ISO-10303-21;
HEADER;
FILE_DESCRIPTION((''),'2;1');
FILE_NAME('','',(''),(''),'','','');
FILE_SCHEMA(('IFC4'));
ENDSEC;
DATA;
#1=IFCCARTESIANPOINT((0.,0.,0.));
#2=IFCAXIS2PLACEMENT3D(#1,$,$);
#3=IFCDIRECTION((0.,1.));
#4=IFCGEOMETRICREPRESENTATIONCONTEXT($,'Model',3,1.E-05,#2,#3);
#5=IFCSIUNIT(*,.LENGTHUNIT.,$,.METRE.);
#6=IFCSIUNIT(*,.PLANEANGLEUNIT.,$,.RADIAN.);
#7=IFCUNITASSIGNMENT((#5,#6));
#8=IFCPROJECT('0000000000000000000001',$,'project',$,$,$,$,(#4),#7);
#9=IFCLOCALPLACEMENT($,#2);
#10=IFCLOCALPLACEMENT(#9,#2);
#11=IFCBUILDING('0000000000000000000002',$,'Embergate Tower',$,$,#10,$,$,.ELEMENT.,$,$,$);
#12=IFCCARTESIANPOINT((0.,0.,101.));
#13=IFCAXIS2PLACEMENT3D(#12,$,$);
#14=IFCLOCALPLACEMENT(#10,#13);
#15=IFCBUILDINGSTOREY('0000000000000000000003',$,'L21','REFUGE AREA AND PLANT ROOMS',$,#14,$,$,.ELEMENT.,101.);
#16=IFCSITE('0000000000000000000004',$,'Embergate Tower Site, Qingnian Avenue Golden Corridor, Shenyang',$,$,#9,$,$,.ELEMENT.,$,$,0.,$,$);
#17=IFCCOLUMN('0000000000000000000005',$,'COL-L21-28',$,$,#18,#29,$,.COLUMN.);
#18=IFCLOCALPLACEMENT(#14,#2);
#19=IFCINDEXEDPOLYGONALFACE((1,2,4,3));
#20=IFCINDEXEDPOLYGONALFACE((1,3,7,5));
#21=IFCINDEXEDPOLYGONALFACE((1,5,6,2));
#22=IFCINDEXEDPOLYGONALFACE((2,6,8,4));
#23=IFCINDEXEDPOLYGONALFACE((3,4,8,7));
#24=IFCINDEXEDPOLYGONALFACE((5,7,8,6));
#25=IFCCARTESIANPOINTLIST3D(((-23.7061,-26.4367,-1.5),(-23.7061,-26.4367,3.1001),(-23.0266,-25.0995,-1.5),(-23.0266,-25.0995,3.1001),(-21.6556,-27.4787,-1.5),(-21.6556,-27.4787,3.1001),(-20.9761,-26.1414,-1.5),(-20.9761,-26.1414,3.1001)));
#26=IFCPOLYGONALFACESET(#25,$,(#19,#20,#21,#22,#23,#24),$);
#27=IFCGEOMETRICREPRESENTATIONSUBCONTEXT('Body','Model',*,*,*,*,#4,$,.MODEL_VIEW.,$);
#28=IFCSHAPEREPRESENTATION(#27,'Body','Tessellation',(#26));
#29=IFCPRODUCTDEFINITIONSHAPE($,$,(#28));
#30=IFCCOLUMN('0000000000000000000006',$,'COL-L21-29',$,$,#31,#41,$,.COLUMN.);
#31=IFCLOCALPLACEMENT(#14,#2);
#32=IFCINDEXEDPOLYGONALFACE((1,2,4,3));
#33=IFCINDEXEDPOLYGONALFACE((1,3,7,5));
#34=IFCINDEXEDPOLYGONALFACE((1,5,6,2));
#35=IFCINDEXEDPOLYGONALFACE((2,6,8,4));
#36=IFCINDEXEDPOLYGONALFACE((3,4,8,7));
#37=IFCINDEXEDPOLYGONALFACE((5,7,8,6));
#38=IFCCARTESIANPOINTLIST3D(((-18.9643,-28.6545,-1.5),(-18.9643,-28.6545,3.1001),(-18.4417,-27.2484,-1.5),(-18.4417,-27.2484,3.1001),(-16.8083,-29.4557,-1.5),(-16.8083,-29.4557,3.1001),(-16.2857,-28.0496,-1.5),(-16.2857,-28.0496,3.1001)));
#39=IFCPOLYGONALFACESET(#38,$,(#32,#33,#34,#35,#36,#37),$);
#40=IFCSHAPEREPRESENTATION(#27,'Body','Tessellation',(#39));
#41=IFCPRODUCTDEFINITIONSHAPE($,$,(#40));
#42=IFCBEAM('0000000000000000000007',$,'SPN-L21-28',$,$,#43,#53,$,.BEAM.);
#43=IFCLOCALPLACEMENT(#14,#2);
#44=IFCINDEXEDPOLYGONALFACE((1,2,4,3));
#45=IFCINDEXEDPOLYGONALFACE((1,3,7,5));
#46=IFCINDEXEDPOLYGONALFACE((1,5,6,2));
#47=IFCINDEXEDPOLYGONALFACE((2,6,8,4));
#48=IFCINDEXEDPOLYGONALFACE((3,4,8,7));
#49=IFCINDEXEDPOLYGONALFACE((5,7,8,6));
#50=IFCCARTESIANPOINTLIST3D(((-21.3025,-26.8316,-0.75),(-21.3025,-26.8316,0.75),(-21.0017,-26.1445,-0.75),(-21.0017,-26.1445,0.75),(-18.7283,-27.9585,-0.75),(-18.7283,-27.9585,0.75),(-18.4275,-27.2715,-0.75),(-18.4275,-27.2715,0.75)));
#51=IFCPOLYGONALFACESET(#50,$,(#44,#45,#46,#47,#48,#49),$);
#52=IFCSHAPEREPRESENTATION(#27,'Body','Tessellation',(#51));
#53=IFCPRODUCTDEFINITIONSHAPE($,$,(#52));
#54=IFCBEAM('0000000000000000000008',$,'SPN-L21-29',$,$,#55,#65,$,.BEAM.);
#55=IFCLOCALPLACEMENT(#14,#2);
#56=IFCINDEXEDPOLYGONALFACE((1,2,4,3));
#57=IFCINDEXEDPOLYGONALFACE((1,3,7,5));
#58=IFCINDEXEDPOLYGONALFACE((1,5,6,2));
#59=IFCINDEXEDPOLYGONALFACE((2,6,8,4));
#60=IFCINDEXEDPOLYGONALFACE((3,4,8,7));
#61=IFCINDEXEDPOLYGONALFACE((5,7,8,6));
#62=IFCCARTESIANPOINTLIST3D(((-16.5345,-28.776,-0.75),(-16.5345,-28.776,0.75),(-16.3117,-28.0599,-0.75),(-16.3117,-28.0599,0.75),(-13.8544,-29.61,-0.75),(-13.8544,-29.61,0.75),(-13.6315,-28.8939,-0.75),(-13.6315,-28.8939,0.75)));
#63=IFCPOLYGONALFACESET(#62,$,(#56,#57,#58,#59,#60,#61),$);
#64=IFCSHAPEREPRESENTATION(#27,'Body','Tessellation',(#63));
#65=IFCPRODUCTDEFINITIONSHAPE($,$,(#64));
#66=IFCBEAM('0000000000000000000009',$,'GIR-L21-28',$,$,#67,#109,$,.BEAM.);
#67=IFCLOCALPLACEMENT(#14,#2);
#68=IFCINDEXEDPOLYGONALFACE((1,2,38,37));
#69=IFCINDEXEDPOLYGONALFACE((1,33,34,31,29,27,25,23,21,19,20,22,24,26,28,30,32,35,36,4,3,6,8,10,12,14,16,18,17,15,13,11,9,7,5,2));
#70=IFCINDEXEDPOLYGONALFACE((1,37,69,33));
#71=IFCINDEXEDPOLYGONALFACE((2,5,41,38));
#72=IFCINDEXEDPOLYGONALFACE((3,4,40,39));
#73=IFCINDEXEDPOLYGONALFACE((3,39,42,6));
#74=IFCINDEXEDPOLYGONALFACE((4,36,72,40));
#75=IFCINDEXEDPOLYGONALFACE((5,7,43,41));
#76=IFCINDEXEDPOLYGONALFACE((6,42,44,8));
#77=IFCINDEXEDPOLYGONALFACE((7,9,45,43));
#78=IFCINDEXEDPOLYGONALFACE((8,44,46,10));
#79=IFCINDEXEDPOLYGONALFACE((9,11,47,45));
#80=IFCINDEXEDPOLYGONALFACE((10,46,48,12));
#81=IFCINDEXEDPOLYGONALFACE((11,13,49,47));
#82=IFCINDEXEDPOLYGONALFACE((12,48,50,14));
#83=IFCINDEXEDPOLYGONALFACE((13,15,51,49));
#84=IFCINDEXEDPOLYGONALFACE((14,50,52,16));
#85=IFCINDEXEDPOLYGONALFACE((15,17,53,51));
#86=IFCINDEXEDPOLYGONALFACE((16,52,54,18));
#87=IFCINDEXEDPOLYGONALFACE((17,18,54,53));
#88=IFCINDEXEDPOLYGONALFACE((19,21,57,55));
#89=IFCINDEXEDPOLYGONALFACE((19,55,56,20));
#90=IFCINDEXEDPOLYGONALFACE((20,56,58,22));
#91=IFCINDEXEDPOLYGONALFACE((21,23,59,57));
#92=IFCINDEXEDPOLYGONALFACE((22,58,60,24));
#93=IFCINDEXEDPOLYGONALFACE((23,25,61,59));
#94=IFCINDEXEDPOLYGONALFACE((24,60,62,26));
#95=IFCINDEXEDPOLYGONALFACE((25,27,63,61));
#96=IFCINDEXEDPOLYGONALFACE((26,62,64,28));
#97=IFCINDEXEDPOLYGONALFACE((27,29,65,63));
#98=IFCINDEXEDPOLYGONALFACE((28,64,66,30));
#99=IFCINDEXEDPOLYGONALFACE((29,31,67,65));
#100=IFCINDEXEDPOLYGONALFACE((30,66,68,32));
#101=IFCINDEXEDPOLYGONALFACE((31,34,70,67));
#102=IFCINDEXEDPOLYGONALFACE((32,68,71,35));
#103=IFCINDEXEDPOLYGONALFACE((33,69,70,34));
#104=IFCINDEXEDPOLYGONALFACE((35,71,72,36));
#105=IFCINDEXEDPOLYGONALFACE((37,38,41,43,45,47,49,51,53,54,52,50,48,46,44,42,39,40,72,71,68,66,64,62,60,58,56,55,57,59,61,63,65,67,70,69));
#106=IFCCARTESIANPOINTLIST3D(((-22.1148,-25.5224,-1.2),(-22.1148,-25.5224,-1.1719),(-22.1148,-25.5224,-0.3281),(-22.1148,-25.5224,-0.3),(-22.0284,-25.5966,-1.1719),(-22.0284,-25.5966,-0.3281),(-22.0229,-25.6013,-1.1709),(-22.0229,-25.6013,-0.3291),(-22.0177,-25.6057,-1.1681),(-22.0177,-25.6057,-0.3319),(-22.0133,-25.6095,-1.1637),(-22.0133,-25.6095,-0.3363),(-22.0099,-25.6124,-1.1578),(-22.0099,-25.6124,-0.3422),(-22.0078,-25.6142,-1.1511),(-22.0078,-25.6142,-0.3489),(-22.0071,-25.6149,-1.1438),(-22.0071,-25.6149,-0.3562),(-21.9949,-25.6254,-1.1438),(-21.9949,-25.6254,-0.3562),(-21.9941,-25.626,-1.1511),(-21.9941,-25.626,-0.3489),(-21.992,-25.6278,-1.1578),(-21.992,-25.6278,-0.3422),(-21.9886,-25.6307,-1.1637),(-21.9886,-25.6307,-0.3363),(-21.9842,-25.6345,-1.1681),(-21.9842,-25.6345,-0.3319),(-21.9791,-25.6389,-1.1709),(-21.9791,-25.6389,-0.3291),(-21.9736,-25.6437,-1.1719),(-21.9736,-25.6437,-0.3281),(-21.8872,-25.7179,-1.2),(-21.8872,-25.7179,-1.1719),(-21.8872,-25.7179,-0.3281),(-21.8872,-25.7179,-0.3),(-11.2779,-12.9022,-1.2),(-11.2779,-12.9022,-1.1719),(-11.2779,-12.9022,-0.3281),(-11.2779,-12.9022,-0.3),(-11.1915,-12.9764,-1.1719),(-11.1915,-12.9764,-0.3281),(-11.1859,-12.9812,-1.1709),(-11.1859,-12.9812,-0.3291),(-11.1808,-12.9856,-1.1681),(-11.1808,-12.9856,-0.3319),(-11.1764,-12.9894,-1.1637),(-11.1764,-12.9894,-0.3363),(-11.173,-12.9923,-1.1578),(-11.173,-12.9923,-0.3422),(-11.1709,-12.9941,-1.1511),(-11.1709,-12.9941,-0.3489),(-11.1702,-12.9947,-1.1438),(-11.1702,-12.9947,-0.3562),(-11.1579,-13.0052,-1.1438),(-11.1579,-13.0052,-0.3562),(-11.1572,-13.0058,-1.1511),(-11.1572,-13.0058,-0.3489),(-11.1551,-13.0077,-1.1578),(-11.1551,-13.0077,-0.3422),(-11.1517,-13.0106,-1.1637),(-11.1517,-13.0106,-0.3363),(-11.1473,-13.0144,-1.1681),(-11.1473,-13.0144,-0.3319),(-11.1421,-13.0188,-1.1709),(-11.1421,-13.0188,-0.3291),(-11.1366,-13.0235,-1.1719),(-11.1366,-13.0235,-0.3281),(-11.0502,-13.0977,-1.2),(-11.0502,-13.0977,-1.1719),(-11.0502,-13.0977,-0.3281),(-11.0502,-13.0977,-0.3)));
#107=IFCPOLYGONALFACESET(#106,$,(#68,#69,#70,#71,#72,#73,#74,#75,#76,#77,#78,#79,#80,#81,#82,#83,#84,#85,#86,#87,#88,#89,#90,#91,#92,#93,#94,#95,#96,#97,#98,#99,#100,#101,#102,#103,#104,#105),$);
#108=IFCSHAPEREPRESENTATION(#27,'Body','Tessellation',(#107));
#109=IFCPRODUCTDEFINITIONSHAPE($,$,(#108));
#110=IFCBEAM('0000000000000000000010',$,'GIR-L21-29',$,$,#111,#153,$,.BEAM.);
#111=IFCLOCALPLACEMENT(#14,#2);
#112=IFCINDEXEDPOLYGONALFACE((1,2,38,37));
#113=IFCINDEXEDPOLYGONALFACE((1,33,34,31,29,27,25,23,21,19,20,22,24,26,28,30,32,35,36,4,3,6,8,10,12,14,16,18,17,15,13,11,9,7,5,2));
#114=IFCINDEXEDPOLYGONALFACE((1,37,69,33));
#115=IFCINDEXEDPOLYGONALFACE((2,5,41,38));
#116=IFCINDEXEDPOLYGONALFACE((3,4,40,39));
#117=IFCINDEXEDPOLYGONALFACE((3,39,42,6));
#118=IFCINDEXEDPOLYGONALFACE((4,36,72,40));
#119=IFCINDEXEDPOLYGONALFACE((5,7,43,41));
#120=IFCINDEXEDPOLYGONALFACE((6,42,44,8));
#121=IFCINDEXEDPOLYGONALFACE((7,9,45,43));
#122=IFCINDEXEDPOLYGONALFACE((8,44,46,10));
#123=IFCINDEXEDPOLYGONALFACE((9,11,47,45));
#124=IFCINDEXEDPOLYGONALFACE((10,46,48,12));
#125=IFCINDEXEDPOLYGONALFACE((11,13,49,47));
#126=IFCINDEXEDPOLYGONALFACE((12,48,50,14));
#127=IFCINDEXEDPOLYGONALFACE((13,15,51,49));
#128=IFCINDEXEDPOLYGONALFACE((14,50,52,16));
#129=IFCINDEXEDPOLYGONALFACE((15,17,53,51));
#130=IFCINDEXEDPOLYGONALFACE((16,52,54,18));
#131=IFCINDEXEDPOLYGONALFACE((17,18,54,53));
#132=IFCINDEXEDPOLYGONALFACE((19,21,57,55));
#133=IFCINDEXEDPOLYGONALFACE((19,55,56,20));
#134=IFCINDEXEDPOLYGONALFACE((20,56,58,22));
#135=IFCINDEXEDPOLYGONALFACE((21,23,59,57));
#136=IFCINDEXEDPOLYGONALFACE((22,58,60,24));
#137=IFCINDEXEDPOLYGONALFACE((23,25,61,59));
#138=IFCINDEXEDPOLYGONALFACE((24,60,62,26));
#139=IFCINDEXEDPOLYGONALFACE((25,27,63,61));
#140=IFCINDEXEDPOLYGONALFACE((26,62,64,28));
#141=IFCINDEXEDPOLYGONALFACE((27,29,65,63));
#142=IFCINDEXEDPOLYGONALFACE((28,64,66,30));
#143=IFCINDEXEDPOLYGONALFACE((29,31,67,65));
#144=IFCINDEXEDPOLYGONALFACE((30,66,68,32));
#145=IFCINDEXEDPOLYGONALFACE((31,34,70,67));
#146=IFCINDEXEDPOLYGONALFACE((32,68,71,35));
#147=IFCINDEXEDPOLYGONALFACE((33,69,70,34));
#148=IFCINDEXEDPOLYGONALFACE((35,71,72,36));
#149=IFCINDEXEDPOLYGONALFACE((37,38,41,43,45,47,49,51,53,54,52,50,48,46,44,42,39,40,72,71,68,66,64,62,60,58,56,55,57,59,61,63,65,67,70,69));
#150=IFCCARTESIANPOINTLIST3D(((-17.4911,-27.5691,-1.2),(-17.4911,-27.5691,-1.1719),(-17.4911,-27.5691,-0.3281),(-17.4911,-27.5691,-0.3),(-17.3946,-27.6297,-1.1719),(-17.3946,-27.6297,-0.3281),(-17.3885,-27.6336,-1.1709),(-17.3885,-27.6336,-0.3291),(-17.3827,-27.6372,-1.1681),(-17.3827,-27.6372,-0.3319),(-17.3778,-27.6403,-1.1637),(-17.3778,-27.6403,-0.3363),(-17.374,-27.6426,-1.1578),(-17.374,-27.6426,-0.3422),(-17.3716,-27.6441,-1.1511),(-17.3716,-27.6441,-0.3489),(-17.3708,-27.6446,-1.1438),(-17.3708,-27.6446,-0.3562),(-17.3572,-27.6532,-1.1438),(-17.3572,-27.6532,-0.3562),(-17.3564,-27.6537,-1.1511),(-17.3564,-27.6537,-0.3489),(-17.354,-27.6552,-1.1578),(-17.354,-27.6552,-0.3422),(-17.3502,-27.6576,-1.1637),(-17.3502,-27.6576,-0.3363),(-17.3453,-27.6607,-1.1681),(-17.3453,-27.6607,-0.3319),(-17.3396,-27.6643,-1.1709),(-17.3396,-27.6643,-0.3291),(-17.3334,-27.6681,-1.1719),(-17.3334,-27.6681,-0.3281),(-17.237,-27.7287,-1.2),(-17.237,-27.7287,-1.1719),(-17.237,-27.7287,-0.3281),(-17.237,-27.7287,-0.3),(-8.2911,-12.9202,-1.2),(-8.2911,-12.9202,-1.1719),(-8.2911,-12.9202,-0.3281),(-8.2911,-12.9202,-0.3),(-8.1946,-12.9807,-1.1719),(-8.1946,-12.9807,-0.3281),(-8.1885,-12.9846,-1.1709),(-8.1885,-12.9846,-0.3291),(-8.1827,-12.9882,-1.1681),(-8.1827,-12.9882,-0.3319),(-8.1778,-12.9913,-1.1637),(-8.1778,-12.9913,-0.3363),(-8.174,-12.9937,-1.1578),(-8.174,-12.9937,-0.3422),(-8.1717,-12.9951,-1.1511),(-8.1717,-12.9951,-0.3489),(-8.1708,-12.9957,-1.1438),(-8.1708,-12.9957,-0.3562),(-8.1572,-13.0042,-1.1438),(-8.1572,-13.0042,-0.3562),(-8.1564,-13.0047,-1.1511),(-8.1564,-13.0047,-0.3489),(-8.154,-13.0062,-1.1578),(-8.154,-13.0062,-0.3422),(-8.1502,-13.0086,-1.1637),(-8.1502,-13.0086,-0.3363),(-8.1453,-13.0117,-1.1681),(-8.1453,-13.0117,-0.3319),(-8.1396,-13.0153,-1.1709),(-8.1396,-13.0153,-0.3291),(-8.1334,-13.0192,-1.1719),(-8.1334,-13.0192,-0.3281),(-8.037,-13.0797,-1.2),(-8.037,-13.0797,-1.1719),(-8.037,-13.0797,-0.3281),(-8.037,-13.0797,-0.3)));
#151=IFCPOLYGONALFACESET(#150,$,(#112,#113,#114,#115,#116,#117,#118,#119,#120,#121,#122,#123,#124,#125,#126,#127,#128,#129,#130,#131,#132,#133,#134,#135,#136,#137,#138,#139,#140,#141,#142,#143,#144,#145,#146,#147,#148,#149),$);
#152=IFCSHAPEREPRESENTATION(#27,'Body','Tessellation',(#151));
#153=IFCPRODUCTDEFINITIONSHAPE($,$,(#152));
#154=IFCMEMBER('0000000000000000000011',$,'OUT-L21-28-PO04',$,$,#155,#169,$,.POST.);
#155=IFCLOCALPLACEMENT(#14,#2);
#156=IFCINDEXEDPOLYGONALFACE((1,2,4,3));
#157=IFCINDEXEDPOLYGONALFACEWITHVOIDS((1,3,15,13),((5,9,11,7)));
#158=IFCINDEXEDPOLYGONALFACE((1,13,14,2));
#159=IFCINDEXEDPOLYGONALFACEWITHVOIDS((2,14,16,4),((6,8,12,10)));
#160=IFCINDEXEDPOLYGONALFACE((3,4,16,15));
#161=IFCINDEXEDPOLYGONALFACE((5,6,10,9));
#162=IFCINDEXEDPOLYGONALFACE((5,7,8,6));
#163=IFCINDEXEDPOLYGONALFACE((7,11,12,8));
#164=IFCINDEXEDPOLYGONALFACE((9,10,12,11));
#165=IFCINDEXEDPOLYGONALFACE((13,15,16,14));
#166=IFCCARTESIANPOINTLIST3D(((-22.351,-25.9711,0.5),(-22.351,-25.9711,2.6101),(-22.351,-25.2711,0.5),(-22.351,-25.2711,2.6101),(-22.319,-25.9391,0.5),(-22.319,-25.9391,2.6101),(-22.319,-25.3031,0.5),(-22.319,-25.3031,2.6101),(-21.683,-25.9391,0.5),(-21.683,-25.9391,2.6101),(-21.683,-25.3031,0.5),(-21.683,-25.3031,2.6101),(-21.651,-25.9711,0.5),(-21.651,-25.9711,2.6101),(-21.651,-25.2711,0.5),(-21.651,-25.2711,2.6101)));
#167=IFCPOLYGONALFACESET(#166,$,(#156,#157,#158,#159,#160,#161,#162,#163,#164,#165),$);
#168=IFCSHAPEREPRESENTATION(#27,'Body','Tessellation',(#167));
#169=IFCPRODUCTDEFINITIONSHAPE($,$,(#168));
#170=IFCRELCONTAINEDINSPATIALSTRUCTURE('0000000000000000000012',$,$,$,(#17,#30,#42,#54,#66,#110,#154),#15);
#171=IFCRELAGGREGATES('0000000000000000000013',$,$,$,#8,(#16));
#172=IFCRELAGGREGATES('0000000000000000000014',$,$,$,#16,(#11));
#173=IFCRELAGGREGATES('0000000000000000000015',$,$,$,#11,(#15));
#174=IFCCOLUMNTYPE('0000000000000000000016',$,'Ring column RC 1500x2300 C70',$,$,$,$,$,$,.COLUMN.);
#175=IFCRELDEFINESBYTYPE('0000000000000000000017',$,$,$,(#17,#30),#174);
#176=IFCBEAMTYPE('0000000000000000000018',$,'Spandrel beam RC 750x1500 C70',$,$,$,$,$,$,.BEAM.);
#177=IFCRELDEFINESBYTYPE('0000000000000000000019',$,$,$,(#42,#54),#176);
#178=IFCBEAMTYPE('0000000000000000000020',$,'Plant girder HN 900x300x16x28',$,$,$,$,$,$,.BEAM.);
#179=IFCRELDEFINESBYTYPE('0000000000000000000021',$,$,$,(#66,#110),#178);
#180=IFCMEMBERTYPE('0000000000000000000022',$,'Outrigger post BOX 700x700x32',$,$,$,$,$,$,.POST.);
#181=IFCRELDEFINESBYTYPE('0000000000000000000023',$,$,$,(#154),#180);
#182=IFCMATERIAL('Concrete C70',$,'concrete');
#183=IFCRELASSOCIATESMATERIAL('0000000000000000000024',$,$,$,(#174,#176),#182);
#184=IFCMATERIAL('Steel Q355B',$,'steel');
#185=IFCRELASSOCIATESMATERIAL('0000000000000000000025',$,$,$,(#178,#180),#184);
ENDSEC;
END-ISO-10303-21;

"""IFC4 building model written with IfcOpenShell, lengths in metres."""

from ifc_helpers import new_model, si_unit, direction, frame, origin, origin_2d, place, context, subcontext, project, spatial, rectangle, hollow_rectangle, i_section, extrude, source, transform, mapped, material, material_profile, profile_set, type_object, element, save


model = new_model("IFC4")

# Units and contexts
model_context = context("Model", 3, precision=1e-05, world=origin(), true_north=direction((0.0, 1.0)))
body_context = subcontext(model_context, "Body", "Model", "MODEL_VIEW")
ifc_project = project(units=[si_unit("LENGTHUNIT", "METRE"), si_unit("PLANEANGLEUNIT", "RADIAN")], contexts=[model_context])

# Site, building, storey
site_placement = place(None, origin())
site = spatial("IfcSite", under=ifc_project, at=site_placement, Name="Embergate Tower Site, Qingnian Avenue Golden Corridor, Shenyang", CompositionType="ELEMENT", RefElevation=0.0)
building_placement = place(site_placement, origin())
building = spatial("IfcBuilding", under=site, at=building_placement, Name="Embergate Tower", CompositionType="ELEMENT")
storey_placement = place(building_placement, frame((0.0, 0.0, 101.0)))
storey = spatial("IfcBuildingStorey", under=building, at=storey_placement, Name="L21", Description="REFUGE AREA AND PLANT ROOMS", CompositionType="ELEMENT", Elevation=101.0)

# Columns
ifc_material_1 = material(Name="Concrete C70", Category="concrete")
ifc_material_profile_1 = material_profile(ifc_material_1, rectangle(XDim=1.5, YDim=2.3, at=origin_2d()), Name="RC 1500x2300")
ifc_profile_set_1 = profile_set([ifc_material_profile_1], Name="Concrete C70")
column_type = type_object("IfcColumnType", Name="Ring column RC 1500x2300 C70", PredefinedType="COLUMN", material=ifc_profile_set_1)
shared_shape_1 = source(origin(), body_context, "Body", "SweptSolid", [
    extrude(rectangle(XDim=1.5, YDim=2.3, at=origin_2d()), origin(), (0.0, 0.0, 1.0), 4.6001),
])
for number, where, z_axis, x_axis, name in (
    (1, (-22.3411, -26.2891, -1.5), (0.0, 0.0, 1.0), (-0.453011, -0.891505, 0.0), "COL-L21-28"),
    (2, (-17.625, -28.3521, -1.5), (0.0, 0.0, 1.0), (-0.348343, -0.937367, 0.0), "COL-L21-29"),
):
    element("IfcColumn", number, at=place(storey_placement, frame(where, z_axis=z_axis, x_axis=x_axis)), inside=storey, type_object=column_type, Name=name, PredefinedType="COLUMN", context=body_context, shape_type="MappedRepresentation", body=[
        mapped(shared_shape_1, transform((0.0, 0.0, 0.0))),
    ])

# Beams
ifc_material_profile_2 = material_profile(ifc_material_1, rectangle(XDim=0.75, YDim=1.5, at=origin_2d()), Name="RC 750x1500")
ifc_profile_set_2 = profile_set([ifc_material_profile_2], Name="Concrete C70")
beam_type_1 = type_object("IfcBeamType", Name="Spandrel beam RC 750x1500 C70", PredefinedType="BEAM", material=ifc_profile_set_2)
shared_shape_2 = source(origin(), body_context, "Body", "SweptSolid", [
    extrude(rectangle(XDim=0.75, YDim=1.5, at=origin_2d()), origin(), (0.0, 0.0, 1.0), 2.8101),
])
beam_1_placement = place(storey_placement, frame((-21.1521, -26.488, 0.0), z_axis=(0.916062, -0.401038, 0.0), x_axis=(0.401038, 0.916062, 0.0)))
element("IfcBeam", 3, at=beam_1_placement, inside=storey, type_object=beam_type_1, Name="SPN-L21-28", PredefinedType="BEAM", context=body_context, shape_type="MappedRepresentation", body=[
    mapped(shared_shape_2, transform((0.0, 0.0, 0.0))),
])
shared_shape_3 = source(origin(), body_context, "Body", "SweptSolid", [
    extrude(rectangle(XDim=0.75, YDim=1.5, at=origin_2d()), origin(), (0.0, 0.0, 1.0), 2.8069),
])
beam_2_placement = place(storey_placement, frame((-16.4231, -28.418, 0.0), z_axis=(0.954841, -0.297116, 0.0), x_axis=(0.297116, 0.954841, 0.0)))
element("IfcBeam", 4, at=beam_2_placement, inside=storey, type_object=beam_type_1, Name="SPN-L21-29", PredefinedType="BEAM", context=body_context, shape_type="MappedRepresentation", body=[
    mapped(shared_shape_3, transform((0.0, 0.0, 0.0))),
])
ifc_material_2 = material(Name="Steel Q355B", Category="steel")
ifc_material_profile_3 = material_profile(ifc_material_2, i_section(OverallWidth=0.3, OverallDepth=0.8999, WebThickness=0.0161, FlangeThickness=0.0281, FilletRadius=0.0281, at=origin_2d()), Name="HN 900x300x16x28")
ifc_profile_set_3 = profile_set([ifc_material_profile_3], Name="Steel Q355 grade B")
beam_type_2 = type_object("IfcBeamType", Name="Plant girder HN 900x300x16x28", PredefinedType="BEAM", material=ifc_profile_set_3)
shared_shape_4 = source(origin(), body_context, "Body", "SweptSolid", [
    extrude(i_section(OverallWidth=0.3, OverallDepth=0.8999, WebThickness=0.0161, FlangeThickness=0.0281, FilletRadius=0.0281, at=origin_2d()), origin(), (0.0, 0.0, 1.0), 16.6345),
])
beam_3_placement = place(storey_placement, frame((-22.001, -25.6201, -0.75), z_axis=(0.651473, 0.758672, 0.0), x_axis=(-0.758672, 0.651473, 0.0)))
element("IfcBeam", 5, at=beam_3_placement, inside=storey, type_object=beam_type_2, Name="GIR-L21-28", PredefinedType="BEAM", context=body_context, shape_type="MappedRepresentation", body=[
    mapped(shared_shape_4, transform((0.0, 0.0, 0.0))),
])
shared_shape_5 = source(origin(), body_context, "Body", "SweptSolid", [
    extrude(i_section(OverallWidth=0.3, OverallDepth=0.8999, WebThickness=0.0161, FlangeThickness=0.0281, FilletRadius=0.0281, at=origin_2d()), origin(), (0.0, 0.0, 1.0), 17.2983),
])
beam_4_placement = place(storey_placement, frame((-17.364, -27.6489, -0.75), z_axis=(0.531842, 0.846843, 0.0), x_axis=(-0.846843, 0.531842, 0.0)))
element("IfcBeam", 6, at=beam_4_placement, inside=storey, type_object=beam_type_2, Name="GIR-L21-29", PredefinedType="BEAM", context=body_context, shape_type="MappedRepresentation", body=[
    mapped(shared_shape_5, transform((0.0, 0.0, 0.0))),
])

# Member
ifc_material_profile_4 = material_profile(ifc_material_2, hollow_rectangle(XDim=0.7, YDim=0.7, WallThickness=0.032, at=origin_2d()), Name="BOX 700x700x32")
ifc_profile_set_4 = profile_set([ifc_material_profile_4], Name="Steel Q355 grade B")
member_type_1 = type_object("IfcMemberType", Name="Outrigger post BOX 700x700x32", PredefinedType="POST", material=ifc_profile_set_4)
shared_shape_6 = source(origin(), body_context, "Body", "SweptSolid", [
    extrude(hollow_rectangle(XDim=0.7, YDim=0.7, WallThickness=0.032, at=origin_2d()), origin(), (0.0, 0.0, 1.0), 2.1101),
])
member_1_placement = place(storey_placement, frame((-22.001, -25.6211, 0.5), z_axis=(0.0, 0.0, 1.0), x_axis=(1.0, 0.0, 0.0)))
element("IfcMember", 7, at=member_1_placement, inside=storey, type_object=member_type_1, Name="OUT-L21-28-PO04", PredefinedType="POST", context=body_context, shape_type="MappedRepresentation", body=[
    mapped(shared_shape_6, transform((0.0, 0.0, 0.0))),
])

save(model, "model.ifc")
